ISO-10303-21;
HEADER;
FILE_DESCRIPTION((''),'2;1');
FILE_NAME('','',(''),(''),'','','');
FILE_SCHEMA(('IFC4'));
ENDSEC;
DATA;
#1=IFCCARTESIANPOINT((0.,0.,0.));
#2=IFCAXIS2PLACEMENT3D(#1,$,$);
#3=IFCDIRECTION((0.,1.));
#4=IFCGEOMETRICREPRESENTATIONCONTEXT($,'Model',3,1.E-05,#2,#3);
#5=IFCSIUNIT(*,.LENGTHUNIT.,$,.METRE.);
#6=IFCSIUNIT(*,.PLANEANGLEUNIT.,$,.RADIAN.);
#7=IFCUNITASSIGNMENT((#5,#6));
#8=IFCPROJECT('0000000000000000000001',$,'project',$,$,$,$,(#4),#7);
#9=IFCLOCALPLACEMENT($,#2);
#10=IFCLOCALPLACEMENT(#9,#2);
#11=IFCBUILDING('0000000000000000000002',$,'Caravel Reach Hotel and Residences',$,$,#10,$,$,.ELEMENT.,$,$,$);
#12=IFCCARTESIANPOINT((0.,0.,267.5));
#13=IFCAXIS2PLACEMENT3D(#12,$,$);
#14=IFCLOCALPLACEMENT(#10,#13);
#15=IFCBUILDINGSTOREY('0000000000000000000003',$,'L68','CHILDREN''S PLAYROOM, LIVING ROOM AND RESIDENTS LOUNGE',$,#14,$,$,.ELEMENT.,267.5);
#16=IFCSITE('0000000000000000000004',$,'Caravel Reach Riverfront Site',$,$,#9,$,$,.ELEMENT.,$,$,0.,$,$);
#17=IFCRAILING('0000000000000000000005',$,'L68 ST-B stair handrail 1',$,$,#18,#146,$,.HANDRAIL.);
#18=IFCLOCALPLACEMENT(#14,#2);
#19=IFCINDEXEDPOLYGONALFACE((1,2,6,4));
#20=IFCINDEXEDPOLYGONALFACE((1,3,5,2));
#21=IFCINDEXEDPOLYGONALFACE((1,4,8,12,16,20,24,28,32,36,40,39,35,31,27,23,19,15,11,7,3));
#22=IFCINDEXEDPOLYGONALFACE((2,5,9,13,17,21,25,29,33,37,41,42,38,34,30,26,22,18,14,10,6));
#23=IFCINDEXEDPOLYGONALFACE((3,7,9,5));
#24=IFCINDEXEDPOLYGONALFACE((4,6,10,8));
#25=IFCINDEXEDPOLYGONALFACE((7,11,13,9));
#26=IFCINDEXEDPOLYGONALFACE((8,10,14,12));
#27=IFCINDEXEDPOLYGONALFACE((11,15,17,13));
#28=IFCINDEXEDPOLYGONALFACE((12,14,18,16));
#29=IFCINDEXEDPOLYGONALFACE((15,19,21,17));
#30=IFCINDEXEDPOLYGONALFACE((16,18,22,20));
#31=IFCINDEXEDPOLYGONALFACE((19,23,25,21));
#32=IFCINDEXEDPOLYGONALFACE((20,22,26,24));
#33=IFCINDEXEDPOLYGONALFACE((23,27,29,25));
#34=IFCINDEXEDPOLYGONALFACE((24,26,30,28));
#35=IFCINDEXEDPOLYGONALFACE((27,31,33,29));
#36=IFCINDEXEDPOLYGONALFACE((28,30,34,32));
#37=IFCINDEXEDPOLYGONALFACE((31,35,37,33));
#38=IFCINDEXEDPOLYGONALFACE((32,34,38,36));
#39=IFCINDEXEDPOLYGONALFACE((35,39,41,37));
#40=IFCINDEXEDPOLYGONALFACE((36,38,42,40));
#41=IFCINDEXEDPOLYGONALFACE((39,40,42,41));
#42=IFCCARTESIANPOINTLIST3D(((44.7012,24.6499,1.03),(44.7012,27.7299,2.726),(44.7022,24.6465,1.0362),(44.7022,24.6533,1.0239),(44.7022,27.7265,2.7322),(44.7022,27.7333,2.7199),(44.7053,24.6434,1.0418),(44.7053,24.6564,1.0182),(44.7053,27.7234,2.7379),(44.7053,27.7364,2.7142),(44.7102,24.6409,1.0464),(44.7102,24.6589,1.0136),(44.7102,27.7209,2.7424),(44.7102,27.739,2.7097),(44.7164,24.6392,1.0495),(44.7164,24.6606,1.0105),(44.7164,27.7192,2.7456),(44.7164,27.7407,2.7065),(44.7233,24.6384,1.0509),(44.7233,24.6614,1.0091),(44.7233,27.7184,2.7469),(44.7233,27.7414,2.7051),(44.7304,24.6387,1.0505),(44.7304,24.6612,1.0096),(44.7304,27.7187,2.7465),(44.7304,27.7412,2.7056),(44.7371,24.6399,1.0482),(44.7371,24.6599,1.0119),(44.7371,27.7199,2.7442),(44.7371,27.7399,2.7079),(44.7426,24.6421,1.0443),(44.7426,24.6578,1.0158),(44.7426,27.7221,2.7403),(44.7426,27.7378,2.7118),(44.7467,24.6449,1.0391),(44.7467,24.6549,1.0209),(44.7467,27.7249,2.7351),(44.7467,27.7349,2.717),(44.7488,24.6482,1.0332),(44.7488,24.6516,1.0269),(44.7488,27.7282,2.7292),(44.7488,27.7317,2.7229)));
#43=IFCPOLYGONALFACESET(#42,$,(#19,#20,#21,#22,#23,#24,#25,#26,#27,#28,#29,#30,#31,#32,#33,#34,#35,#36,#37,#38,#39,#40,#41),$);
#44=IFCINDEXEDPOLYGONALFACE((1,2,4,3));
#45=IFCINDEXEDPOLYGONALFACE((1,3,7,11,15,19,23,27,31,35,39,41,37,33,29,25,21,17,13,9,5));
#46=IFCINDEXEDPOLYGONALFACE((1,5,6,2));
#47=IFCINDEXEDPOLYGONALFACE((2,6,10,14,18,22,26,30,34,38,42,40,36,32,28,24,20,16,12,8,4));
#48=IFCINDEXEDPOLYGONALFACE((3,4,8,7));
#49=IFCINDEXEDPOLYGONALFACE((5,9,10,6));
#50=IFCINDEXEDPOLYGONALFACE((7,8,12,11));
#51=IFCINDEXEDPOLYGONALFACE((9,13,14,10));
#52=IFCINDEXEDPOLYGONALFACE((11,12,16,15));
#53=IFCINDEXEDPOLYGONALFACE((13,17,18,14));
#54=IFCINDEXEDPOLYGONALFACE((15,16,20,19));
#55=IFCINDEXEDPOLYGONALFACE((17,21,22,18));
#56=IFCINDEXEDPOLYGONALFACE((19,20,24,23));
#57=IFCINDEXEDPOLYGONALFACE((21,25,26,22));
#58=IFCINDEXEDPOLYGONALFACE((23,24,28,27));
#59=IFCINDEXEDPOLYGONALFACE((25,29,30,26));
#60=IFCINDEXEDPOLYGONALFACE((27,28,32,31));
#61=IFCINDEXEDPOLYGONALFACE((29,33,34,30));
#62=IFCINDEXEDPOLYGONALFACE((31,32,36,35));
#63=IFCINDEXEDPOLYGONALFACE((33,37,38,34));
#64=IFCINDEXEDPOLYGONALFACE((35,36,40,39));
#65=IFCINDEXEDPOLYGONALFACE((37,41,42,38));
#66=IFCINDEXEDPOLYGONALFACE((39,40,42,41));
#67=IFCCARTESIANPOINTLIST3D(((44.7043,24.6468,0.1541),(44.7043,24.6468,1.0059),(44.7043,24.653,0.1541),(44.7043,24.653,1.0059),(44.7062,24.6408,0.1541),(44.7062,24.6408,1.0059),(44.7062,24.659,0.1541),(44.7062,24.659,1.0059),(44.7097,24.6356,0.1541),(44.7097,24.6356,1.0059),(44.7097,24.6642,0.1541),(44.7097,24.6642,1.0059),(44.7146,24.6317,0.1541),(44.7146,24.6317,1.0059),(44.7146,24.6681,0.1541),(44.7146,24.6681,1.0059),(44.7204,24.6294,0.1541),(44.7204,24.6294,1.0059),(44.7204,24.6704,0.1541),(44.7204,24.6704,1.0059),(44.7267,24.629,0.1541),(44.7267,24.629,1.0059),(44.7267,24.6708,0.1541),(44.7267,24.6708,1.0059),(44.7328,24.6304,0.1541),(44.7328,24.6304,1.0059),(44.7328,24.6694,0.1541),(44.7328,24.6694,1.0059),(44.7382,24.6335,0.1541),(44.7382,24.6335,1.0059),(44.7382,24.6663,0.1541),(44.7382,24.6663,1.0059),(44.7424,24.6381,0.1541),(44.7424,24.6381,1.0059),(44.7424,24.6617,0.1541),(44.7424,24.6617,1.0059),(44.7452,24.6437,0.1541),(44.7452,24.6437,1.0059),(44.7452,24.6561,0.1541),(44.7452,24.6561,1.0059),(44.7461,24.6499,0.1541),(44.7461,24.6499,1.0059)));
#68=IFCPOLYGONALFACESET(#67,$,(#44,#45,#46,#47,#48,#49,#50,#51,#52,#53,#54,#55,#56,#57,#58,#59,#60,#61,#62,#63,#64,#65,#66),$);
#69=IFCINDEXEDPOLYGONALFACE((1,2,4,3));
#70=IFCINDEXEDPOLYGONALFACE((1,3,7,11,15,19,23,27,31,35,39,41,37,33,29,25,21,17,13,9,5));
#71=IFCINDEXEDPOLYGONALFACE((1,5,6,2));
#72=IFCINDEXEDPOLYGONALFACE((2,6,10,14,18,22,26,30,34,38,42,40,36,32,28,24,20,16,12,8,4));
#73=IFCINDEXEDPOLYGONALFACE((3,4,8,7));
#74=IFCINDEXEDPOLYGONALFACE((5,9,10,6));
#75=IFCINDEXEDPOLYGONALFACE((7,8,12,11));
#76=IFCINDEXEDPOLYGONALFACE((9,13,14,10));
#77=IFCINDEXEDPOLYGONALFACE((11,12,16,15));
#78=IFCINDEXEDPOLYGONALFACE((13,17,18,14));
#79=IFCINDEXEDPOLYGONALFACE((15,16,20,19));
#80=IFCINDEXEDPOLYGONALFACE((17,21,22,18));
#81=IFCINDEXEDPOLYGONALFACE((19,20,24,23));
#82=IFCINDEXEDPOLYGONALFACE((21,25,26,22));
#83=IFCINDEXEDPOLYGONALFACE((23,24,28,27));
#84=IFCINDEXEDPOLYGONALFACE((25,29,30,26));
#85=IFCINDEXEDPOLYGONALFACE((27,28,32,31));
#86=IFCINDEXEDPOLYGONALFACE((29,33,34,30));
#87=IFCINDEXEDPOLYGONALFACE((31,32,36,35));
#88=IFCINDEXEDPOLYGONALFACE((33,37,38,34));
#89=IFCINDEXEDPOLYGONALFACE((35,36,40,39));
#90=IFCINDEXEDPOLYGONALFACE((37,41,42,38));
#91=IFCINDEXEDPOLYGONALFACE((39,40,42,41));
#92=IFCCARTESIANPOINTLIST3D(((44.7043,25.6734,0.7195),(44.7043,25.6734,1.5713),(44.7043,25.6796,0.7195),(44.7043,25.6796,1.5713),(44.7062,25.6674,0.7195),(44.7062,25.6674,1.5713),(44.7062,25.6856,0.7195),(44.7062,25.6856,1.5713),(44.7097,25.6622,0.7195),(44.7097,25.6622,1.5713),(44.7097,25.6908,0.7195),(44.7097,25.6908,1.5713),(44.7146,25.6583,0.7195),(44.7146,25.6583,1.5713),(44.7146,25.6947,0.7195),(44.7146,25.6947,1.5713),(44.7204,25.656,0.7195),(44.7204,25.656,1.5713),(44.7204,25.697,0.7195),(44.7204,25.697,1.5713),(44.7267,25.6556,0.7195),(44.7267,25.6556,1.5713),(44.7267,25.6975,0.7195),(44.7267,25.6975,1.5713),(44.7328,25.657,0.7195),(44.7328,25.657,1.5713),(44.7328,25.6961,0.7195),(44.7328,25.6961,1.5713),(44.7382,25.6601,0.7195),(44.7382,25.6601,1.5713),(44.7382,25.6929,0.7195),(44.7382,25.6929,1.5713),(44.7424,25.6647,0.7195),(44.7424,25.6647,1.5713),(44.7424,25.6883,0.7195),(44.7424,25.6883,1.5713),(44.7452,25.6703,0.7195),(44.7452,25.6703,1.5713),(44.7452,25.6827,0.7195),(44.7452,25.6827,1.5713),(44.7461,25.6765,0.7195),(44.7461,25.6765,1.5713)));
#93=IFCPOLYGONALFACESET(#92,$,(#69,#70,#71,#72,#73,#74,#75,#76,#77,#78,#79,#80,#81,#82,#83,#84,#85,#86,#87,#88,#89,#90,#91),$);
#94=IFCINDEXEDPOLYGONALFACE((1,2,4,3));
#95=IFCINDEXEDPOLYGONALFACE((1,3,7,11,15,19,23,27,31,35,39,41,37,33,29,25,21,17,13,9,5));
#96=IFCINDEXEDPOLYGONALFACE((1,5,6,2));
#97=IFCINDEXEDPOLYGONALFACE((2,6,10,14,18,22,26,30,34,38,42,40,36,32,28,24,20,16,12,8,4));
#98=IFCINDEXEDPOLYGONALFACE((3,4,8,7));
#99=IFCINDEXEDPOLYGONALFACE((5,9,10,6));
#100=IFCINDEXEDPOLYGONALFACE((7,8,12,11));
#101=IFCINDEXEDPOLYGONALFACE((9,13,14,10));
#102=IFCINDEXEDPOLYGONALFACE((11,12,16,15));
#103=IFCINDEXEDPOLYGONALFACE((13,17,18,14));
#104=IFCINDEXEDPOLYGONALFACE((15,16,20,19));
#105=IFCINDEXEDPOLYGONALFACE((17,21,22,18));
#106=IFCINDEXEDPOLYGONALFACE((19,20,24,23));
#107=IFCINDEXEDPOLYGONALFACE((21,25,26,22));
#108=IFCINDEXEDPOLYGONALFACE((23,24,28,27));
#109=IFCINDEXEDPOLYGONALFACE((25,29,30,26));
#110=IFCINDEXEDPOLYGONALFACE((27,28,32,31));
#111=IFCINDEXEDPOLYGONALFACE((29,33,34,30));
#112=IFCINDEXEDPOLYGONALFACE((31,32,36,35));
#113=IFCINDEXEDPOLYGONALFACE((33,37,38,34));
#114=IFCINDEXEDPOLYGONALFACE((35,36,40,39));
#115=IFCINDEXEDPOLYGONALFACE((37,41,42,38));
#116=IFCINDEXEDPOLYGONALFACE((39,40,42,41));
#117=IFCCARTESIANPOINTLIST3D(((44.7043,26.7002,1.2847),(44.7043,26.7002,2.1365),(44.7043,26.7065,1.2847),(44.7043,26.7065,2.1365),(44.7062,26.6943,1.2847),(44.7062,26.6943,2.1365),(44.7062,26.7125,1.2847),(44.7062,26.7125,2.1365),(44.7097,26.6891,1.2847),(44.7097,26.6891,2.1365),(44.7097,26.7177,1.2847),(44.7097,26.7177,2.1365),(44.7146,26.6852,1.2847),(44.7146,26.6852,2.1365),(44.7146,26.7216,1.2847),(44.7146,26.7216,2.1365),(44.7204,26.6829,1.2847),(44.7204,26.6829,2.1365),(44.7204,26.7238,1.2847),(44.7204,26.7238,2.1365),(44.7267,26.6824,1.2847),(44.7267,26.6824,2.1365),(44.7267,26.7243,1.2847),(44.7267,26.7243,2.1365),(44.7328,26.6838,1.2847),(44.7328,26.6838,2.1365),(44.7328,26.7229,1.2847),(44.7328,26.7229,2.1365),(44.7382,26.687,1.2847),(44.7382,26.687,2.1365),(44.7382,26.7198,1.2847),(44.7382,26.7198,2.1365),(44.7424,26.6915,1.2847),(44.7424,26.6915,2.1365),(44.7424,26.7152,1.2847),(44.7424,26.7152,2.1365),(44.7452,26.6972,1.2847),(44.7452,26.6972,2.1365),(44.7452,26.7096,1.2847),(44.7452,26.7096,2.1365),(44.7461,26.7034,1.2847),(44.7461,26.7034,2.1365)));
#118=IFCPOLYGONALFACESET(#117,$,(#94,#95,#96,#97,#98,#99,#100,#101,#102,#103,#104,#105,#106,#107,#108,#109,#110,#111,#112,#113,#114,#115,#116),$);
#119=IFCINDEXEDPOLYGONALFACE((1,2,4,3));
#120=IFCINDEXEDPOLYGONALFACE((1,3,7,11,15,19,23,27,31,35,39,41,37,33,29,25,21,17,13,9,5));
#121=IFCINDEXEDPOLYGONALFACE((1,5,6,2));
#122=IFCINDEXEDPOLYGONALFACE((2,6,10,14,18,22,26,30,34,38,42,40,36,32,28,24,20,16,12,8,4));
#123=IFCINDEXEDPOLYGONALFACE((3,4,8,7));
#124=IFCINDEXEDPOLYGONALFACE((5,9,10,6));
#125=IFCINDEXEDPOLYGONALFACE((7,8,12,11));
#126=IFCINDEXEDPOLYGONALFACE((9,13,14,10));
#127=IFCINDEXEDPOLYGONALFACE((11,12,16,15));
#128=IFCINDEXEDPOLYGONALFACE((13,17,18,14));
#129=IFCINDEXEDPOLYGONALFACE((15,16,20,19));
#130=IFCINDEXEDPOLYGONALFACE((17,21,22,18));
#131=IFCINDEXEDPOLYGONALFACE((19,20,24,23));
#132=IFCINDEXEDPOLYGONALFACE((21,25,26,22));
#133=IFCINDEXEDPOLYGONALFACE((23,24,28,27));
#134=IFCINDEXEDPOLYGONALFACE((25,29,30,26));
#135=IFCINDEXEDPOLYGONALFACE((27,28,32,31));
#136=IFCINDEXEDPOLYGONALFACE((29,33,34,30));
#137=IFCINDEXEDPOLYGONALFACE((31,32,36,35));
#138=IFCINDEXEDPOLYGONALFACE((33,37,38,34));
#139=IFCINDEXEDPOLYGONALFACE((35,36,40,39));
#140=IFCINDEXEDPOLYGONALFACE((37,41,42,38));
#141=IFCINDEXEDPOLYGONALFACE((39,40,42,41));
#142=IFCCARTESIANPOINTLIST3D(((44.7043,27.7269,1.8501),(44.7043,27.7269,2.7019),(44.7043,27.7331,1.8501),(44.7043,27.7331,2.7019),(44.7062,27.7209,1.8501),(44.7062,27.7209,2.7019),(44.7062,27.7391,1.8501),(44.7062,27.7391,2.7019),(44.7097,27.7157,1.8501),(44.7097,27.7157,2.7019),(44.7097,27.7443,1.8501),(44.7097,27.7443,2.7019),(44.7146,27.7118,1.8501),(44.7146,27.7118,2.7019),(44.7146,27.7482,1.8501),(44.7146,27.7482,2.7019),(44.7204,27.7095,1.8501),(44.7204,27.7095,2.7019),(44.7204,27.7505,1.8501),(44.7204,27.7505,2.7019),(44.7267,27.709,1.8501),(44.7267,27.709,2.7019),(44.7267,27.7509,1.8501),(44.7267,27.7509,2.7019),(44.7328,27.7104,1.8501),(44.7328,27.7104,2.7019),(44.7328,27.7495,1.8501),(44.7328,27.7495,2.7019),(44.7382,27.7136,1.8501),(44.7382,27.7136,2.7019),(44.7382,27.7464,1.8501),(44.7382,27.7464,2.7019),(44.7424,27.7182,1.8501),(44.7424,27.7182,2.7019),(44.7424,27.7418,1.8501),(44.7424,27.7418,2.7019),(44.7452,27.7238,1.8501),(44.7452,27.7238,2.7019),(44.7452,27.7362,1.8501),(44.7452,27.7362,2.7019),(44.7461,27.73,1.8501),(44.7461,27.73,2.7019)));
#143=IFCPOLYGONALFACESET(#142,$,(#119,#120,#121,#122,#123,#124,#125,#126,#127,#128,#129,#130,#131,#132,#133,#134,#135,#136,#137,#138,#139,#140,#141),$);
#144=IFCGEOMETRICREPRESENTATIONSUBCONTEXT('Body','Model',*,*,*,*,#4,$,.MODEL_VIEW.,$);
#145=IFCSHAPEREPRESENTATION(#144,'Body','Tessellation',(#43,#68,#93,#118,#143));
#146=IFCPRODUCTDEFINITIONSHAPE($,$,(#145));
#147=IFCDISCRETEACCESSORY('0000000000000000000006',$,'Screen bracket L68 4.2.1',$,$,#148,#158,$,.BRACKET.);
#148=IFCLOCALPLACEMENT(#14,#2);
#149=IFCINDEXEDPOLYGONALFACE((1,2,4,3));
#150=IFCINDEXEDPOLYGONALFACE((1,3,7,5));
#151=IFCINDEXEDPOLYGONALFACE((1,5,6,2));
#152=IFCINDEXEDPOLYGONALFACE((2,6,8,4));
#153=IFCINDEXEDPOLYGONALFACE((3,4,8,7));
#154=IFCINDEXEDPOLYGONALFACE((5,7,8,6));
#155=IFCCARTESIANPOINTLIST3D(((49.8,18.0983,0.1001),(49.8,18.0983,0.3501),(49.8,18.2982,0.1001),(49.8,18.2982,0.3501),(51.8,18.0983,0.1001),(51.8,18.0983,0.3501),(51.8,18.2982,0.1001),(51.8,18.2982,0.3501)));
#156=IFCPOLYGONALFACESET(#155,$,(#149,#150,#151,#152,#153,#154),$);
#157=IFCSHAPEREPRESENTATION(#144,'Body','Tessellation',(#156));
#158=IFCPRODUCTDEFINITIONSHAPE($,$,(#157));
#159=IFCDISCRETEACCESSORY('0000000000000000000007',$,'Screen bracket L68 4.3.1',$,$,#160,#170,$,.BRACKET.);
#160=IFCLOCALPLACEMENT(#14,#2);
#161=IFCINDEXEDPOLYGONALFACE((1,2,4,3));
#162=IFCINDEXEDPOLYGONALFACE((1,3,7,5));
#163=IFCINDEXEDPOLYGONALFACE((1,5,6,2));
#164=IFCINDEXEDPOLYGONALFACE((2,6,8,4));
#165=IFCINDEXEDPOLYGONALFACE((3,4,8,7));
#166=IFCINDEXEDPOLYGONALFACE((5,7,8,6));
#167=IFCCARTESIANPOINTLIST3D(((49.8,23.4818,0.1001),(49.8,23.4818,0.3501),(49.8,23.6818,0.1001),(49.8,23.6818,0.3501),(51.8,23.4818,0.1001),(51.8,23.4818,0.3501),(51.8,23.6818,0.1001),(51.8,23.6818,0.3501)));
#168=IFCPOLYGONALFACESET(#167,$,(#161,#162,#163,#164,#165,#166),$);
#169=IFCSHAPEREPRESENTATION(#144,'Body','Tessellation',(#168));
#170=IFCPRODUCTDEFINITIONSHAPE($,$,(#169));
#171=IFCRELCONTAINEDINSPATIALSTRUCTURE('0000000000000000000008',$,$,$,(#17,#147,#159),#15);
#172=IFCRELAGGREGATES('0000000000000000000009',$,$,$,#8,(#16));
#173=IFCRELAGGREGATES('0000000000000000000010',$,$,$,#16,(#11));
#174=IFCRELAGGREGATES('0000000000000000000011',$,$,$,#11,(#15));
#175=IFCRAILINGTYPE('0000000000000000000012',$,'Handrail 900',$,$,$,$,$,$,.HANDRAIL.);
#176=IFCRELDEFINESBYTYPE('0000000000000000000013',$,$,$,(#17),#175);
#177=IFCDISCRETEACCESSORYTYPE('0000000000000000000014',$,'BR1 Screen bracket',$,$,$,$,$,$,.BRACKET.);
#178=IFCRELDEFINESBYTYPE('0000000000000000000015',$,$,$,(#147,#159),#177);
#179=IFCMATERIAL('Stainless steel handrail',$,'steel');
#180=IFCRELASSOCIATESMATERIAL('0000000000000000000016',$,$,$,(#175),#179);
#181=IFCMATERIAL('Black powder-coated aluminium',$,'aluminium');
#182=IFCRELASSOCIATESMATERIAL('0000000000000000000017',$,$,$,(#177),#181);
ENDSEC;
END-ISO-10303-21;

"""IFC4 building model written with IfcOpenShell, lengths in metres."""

from ifc_helpers import new_model, si_unit, direction, frame, origin, origin_2d, place, context, subcontext, project, spatial, rectangle, circle, extrude, material, type_object, element, save


model = new_model("IFC4")

# Units and contexts
model_context = context("Model", 3, precision=1e-05, world=origin(), true_north=direction((0.0, 1.0)))
body_context = subcontext(model_context, "Body", "Model", "MODEL_VIEW")
ifc_project = project(units=[si_unit("LENGTHUNIT", "METRE"), si_unit("PLANEANGLEUNIT", "RADIAN")], contexts=[model_context])

# Site, building, storey
site_placement = place(None, origin())
site = spatial("IfcSite", under=ifc_project, at=site_placement, Name="Caravel Reach Riverfront Site", CompositionType="ELEMENT", RefElevation=0.0)
building_placement = place(site_placement, origin())
building = spatial("IfcBuilding", under=site, at=building_placement, Name="Caravel Reach Hotel and Residences", CompositionType="ELEMENT")
storey_placement = place(building_placement, frame((0.0, 0.0, 267.5)))
storey = spatial("IfcBuildingStorey", under=building, at=storey_placement, Name="L68", Description="CHILDREN'S PLAYROOM, LIVING ROOM AND RESIDENTS LOUNGE", CompositionType="ELEMENT", Elevation=267.5)

# Railing
ifc_material_1 = material(Name="Stainless steel handrail", Category="steel")
railing_type_1 = type_object("IfcRailingType", Name="Handrail 900", PredefinedType="HANDRAIL", material=ifc_material_1)
railing_1_placement = place(storey_placement, frame((44.7251, 24.6499, 0.1541)))
element("IfcRailing", 1, at=railing_1_placement, inside=storey, type_object=railing_type_1, Name="L68 ST-B stair handrail 1", PredefinedType="HANDRAIL", context=body_context, shape_type="SweptSolid", body=[
    extrude(circle(Radius=0.0239, at=origin_2d()), frame((0.0, 0.0, 0.876), z_axis=(0.0, 0.875975, 0.482356), x_axis=(-1.0, 0.0, 0.0)), (0.0, 0.0, 1.0), 3.5161),
    extrude(circle(Radius=0.021, at=origin_2d()), origin(), (0.0, 0.0, 1.0), 0.8518),
    extrude(circle(Radius=0.021, at=origin_2d()), frame((0.0, 1.0266, 0.5654)), (0.0, 0.0, 1.0), 0.8518),
    extrude(circle(Radius=0.021, at=origin_2d()), frame((0.0, 2.0535, 1.1306)), (0.0, 0.0, 1.0), 0.8518),
    extrude(circle(Radius=0.021, at=origin_2d()), frame((0.0, 3.0801, 1.696)), (0.0, 0.0, 1.0), 0.8518),
])

# Discrete accessories
ifc_material_2 = material(Name="Black powder-coated aluminium", Category="aluminium")
discrete_accessory_type = type_object("IfcDiscreteAccessoryType", Name="BR1 Screen bracket", PredefinedType="BRACKET", material=ifc_material_2)
for number, where, z_axis, x_axis, name in (
    (2, (50.8, 18.1982, 0.1001), (0.0, 0.0, 1.0), (1.0, 0.0, 0.0), "Screen bracket L68 4.2.1"),
    (3, (50.8, 23.5818, 0.1001), (0.0, 0.0, 1.0), (1.0, 0.0, 0.0), "Screen bracket L68 4.3.1"),
):
    element("IfcDiscreteAccessory", number, at=place(storey_placement, frame(where, z_axis=z_axis, x_axis=x_axis)), inside=storey, type_object=discrete_accessory_type, Name=name, PredefinedType="BRACKET", context=body_context, shape_type="SweptSolid", body=[
        extrude(rectangle(XDim=2.0, YDim=0.2, at=origin_2d()), origin(), (0.0, 0.0, 1.0), 0.25),
    ])

save(model, "model.ifc")
